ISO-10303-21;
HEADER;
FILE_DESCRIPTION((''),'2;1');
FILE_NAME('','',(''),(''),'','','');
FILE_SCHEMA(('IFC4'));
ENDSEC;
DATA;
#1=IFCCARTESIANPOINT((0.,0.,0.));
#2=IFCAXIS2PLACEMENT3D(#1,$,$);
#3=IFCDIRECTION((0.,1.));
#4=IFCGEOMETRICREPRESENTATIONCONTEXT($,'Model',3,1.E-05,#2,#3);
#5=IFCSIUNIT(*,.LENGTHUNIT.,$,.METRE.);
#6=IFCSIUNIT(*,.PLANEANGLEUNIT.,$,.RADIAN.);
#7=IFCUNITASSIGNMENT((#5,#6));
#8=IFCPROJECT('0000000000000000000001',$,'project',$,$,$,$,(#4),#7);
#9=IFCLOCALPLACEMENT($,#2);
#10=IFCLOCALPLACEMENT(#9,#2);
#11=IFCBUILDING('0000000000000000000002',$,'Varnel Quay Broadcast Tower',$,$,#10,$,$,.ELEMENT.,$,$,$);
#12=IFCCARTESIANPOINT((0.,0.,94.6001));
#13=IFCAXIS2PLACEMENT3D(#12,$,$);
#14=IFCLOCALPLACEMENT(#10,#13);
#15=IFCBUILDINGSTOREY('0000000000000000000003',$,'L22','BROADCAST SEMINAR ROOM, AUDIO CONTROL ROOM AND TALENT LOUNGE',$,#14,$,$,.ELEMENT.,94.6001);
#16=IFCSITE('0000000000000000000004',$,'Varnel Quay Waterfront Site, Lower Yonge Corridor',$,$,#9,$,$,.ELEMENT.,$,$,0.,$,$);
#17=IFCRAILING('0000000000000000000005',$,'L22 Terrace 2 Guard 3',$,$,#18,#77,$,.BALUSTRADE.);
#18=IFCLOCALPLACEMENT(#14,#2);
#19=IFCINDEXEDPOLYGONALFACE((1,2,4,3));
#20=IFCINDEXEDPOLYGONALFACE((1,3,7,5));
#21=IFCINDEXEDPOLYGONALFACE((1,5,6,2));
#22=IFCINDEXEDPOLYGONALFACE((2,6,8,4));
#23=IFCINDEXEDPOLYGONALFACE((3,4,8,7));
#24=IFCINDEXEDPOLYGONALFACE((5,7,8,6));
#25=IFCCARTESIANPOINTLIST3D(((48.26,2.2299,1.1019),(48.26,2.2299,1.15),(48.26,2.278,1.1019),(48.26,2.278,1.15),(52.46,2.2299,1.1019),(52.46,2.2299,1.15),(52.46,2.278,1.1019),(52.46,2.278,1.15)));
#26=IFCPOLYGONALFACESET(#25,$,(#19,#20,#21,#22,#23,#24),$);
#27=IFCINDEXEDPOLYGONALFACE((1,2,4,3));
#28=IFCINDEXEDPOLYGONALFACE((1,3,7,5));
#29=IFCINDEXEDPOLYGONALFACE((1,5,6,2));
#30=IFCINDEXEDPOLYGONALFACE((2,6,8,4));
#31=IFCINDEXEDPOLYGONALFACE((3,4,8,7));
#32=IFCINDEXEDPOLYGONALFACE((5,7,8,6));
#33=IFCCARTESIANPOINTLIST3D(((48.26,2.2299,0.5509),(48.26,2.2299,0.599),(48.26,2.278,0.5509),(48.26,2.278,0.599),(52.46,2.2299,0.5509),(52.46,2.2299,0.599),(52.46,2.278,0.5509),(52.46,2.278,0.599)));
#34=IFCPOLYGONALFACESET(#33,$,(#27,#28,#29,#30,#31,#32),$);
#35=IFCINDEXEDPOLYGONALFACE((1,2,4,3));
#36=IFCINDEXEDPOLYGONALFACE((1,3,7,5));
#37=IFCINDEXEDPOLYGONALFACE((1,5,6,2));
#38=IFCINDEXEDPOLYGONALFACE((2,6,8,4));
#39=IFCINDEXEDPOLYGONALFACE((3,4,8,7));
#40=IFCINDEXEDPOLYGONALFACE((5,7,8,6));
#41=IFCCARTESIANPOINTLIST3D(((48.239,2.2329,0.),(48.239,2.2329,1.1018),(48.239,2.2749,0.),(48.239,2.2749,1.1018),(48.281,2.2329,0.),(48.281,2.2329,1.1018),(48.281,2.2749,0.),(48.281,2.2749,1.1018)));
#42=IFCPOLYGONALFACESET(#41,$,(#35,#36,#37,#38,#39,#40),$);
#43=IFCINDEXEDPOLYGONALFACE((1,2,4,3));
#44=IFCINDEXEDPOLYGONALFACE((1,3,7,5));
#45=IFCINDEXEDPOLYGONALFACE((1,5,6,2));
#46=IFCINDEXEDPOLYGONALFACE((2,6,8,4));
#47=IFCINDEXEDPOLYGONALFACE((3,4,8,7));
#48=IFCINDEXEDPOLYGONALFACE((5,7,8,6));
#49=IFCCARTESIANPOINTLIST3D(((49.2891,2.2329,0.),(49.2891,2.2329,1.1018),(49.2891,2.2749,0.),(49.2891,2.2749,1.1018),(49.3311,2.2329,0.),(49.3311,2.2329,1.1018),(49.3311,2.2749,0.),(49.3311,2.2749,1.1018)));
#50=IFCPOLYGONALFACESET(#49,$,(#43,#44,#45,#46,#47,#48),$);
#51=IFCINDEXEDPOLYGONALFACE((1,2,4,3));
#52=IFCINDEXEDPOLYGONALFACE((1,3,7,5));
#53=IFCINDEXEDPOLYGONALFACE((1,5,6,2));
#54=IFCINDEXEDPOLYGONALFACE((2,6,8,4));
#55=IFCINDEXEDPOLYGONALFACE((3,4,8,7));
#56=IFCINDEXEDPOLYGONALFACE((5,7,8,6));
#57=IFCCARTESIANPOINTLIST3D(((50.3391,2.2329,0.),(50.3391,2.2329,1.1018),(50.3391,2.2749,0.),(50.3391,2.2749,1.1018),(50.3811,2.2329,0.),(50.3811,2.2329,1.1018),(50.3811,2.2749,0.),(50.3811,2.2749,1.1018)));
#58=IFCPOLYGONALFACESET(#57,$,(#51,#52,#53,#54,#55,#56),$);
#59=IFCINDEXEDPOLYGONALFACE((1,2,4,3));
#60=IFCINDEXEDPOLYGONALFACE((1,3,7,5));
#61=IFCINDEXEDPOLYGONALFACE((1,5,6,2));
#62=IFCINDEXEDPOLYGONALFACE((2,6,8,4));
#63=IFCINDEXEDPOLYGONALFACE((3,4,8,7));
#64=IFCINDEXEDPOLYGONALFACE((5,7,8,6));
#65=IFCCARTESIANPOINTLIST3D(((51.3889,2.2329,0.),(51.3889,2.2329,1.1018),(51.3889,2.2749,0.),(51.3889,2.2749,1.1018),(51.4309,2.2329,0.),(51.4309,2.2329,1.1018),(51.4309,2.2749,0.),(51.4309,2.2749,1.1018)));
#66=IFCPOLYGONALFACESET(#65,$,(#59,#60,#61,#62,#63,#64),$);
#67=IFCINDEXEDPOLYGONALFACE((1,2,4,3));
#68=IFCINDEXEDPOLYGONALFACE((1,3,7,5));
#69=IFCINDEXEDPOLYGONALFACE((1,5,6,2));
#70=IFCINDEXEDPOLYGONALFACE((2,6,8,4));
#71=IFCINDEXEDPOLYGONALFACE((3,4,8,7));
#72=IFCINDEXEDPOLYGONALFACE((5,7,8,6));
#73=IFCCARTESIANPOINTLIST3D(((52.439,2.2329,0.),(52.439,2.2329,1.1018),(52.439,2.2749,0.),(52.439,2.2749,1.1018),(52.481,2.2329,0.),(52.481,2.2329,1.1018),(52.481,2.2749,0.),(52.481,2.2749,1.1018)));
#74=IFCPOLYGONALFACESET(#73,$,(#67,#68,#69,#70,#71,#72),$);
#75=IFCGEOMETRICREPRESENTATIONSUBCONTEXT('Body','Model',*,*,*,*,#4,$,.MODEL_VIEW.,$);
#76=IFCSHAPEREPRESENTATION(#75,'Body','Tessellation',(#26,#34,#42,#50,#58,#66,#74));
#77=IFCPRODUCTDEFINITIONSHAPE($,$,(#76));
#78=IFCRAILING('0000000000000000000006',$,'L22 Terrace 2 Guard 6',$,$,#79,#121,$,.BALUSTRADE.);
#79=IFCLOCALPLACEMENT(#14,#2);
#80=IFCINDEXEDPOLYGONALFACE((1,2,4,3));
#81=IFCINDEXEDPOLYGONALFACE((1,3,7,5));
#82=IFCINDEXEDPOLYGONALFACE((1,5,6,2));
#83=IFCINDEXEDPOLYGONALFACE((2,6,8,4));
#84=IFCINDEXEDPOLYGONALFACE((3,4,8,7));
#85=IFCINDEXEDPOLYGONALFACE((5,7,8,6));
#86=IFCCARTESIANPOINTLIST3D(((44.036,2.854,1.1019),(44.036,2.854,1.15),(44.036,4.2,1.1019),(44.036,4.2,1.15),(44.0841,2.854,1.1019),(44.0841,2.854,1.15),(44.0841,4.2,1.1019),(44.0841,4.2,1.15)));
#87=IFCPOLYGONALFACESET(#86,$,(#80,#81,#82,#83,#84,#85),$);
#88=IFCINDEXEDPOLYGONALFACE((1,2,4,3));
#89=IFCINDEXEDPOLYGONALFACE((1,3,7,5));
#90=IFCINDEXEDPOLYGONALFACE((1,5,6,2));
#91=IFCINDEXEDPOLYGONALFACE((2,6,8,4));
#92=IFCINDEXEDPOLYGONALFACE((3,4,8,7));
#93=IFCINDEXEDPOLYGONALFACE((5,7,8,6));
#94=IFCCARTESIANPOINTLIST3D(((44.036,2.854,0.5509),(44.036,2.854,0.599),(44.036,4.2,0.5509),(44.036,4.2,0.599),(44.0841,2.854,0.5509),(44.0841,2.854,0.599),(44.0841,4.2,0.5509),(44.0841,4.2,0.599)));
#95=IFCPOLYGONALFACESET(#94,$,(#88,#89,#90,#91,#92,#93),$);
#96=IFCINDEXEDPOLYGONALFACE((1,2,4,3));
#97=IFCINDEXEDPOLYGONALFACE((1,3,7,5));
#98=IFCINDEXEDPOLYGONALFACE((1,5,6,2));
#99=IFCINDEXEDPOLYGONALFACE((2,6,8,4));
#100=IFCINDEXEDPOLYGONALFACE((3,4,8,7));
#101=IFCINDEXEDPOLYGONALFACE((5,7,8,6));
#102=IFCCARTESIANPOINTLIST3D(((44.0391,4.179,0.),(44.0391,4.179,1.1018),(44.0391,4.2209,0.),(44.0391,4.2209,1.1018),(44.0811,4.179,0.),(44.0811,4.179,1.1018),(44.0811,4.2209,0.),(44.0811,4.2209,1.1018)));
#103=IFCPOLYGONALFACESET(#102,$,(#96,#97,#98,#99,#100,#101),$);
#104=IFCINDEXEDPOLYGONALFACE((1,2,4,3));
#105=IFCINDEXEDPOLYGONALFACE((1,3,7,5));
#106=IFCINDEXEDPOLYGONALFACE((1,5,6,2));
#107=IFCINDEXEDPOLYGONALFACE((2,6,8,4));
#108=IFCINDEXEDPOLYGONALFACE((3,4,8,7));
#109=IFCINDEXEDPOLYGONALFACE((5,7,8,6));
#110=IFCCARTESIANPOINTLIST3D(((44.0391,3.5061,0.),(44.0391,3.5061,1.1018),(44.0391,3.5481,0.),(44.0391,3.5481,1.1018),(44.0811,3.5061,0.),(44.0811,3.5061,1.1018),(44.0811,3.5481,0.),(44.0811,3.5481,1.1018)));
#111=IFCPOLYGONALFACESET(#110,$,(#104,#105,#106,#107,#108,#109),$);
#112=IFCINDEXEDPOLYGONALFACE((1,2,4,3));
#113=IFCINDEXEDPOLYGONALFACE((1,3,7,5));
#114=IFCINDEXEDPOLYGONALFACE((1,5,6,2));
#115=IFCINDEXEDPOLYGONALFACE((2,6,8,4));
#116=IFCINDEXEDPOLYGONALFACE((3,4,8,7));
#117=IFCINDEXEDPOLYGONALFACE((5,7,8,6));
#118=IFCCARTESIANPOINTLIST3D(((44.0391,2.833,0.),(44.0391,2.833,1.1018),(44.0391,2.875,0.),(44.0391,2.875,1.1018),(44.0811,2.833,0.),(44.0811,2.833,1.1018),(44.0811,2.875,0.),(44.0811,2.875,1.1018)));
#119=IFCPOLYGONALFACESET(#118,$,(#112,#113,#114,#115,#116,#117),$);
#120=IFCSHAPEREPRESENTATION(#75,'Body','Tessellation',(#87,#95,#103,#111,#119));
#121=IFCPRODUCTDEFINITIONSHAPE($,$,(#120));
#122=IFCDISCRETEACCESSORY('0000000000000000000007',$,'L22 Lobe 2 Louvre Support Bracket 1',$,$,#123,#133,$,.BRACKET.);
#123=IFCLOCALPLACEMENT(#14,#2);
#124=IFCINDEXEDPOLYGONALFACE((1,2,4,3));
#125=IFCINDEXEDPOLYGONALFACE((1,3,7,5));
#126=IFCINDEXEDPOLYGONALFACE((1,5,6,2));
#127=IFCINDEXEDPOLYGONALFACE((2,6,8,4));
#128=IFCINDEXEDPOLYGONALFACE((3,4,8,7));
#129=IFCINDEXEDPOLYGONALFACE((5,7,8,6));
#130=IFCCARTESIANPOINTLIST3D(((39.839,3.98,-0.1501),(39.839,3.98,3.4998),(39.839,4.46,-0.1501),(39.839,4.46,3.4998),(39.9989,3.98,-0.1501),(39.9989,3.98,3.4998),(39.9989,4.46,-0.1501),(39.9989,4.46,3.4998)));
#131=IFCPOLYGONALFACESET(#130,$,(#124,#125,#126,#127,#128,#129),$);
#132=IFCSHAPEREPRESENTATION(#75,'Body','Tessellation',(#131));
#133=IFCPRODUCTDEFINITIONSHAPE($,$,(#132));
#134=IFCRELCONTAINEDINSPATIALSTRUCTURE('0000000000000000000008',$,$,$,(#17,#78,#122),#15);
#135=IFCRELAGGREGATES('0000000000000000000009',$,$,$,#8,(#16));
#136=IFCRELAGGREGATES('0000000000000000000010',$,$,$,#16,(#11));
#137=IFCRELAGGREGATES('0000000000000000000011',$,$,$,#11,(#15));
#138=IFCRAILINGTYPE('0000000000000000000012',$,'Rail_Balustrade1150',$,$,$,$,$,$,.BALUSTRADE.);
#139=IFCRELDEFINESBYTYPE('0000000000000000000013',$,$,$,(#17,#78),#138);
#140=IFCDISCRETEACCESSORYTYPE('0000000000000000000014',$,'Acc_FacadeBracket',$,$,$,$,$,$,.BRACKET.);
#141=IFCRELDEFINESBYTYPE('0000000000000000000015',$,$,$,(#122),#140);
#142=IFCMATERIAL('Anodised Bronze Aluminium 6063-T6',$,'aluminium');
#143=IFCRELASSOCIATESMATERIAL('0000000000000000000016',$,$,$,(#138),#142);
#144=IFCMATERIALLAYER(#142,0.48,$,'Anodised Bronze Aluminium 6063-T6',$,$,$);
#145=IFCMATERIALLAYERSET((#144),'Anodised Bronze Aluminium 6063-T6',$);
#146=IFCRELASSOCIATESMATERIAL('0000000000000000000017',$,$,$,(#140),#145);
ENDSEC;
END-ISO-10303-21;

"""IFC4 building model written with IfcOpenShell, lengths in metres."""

from ifc_helpers import new_model, si_unit, direction, frame, origin, origin_2d, place, context, subcontext, project, spatial, rectangle, extrude, source, transform, mapped, material, layer, layer_set, type_object, type_shapes, element, save


model = new_model("IFC4")

# Units and contexts
model_context = context("Model", 3, precision=1e-05, world=origin(), true_north=direction((0.0, 1.0)))
body_context = subcontext(model_context, "Body", "Model", "MODEL_VIEW")
ifc_project = project(units=[si_unit("LENGTHUNIT", "METRE"), si_unit("PLANEANGLEUNIT", "RADIAN")], contexts=[model_context])

# Site, building, storey
site_placement = place(None, origin())
site = spatial("IfcSite", under=ifc_project, at=site_placement, Name="Varnel Quay Waterfront Site, Lower Yonge Corridor", CompositionType="ELEMENT", RefElevation=0.0)
building_placement = place(site_placement, origin())
building = spatial("IfcBuilding", under=site, at=building_placement, Name="Varnel Quay Broadcast Tower", CompositionType="ELEMENT")
storey_placement = place(building_placement, frame((0.0, 0.0, 94.6001)))
storey = spatial("IfcBuildingStorey", under=building, at=storey_placement, Name="L22", Description="BROADCAST SEMINAR ROOM, AUDIO CONTROL ROOM AND TALENT LOUNGE", CompositionType="ELEMENT", Elevation=94.6001)

# Shared definitions
ifc_material_1 = material(Name="Anodised Bronze Aluminium 6063-T6", Category="aluminium")

# Railings
railing_type = type_object("IfcRailingType", Name="Rail_Balustrade1150", PredefinedType="BALUSTRADE", material=ifc_material_1)
for number, where, name in (
    (1, (48.26, 2.2539, 0.0), "L22 Terrace 2 Guard 3"),
):
    element("IfcRailing", number, at=place(storey_placement, frame(where)), inside=storey, type_object=railing_type, Name=name, PredefinedType="BALUSTRADE", context=body_context, shape_type="SweptSolid", body=[
        extrude(rectangle(XDim=0.0481, YDim=0.0481, at=origin_2d()), frame((0.0, 0.0, 1.126), z_axis=(1.0, 0.0, 0.0), x_axis=(0.0, 1.0, 0.0)), (0.0, 0.0, 1.0), 4.2),
        extrude(rectangle(XDim=0.0481, YDim=0.0481, at=origin_2d()), frame((0.0, 0.0, 0.575), z_axis=(1.0, 0.0, 0.0), x_axis=(0.0, 1.0, 0.0)), (0.0, 0.0, 1.0), 4.2),
        extrude(rectangle(XDim=0.042, YDim=0.042, at=origin_2d()), origin(), (0.0, 0.0, 1.0), 1.1018),
        extrude(rectangle(XDim=0.042, YDim=0.042, at=origin_2d()), frame((1.05, 0.0, 0.0)), (0.0, 0.0, 1.0), 1.1018),
        extrude(rectangle(XDim=0.042, YDim=0.042, at=origin_2d()), frame((2.1001, 0.0, 0.0)), (0.0, 0.0, 1.0), 1.1018),
        extrude(rectangle(XDim=0.042, YDim=0.042, at=origin_2d()), frame((3.1499, 0.0, 0.0)), (0.0, 0.0, 1.0), 1.1018),
        extrude(rectangle(XDim=0.042, YDim=0.042, at=origin_2d()), frame((4.2, 0.0, 0.0)), (0.0, 0.0, 1.0), 1.1018),
    ])
railing_placement = place(storey_placement, frame((44.0601, 4.2, 0.0)))
element("IfcRailing", 2, at=railing_placement, inside=storey, type_object=railing_type, Name="L22 Terrace 2 Guard 6", PredefinedType="BALUSTRADE", context=body_context, shape_type="SweptSolid", body=[
    extrude(rectangle(XDim=0.0481, YDim=0.0481, at=origin_2d()), frame((0.0, 0.0, 1.126), z_axis=(0.0, -1.0, 0.0), x_axis=(1.0, 0.0, 0.0)), (0.0, 0.0, 1.0), 1.3459),
    extrude(rectangle(XDim=0.0481, YDim=0.0481, at=origin_2d()), frame((0.0, 0.0, 0.575), z_axis=(0.0, -1.0, 0.0), x_axis=(1.0, 0.0, 0.0)), (0.0, 0.0, 1.0), 1.3459),
    extrude(rectangle(XDim=0.042, YDim=0.042, at=origin_2d()), origin(), (0.0, 0.0, 1.0), 1.1018),
    extrude(rectangle(XDim=0.042, YDim=0.042, at=origin_2d()), frame((0.0, -0.6729, 0.0)), (0.0, 0.0, 1.0), 1.1018),
    extrude(rectangle(XDim=0.042, YDim=0.042, at=origin_2d()), frame((0.0, -1.3459, 0.0)), (0.0, 0.0, 1.0), 1.1018),
])

# Discrete accessory
ifc_layer_1 = layer(ifc_material_1, 0.48, Name="Anodised Bronze Aluminium 6063-T6")
ifc_layer_set_1 = layer_set([ifc_layer_1], Name="Anodised Bronze Aluminium 6063-T6")
discrete_accessory_type = type_object("IfcDiscreteAccessoryType", Name="Acc_FacadeBracket", PredefinedType="BRACKET", material=ifc_layer_set_1)
shared_shape_1 = source(origin(), body_context, "Body", "SweptSolid", [
    extrude(rectangle(XDim=0.1599, YDim=0.48, at=origin_2d()), origin(), (0.0, 0.0, 1.0), 3.6499),
])
type_shapes(discrete_accessory_type, [shared_shape_1])
discrete_accessory_placement = place(storey_placement, frame((39.9189, 4.22, -0.1501), z_axis=(0.0, 0.0, 1.0), x_axis=(1.0, 0.0, 0.0)))
element("IfcDiscreteAccessory", 3, at=discrete_accessory_placement, inside=storey, type_object=discrete_accessory_type, Name="L22 Lobe 2 Louvre Support Bracket 1", PredefinedType="BRACKET", context=body_context, shape_type="MappedRepresentation", body=[
    mapped(shared_shape_1, transform((0.0, 0.0, 0.0), x_axis=(1.0, 0.0, 0.0), y_axis=(0.0, 1.0, 0.0), z_axis=(0.0, 0.0, 1.0), scale=1.0)),
])

save(model, "model.ifc")
